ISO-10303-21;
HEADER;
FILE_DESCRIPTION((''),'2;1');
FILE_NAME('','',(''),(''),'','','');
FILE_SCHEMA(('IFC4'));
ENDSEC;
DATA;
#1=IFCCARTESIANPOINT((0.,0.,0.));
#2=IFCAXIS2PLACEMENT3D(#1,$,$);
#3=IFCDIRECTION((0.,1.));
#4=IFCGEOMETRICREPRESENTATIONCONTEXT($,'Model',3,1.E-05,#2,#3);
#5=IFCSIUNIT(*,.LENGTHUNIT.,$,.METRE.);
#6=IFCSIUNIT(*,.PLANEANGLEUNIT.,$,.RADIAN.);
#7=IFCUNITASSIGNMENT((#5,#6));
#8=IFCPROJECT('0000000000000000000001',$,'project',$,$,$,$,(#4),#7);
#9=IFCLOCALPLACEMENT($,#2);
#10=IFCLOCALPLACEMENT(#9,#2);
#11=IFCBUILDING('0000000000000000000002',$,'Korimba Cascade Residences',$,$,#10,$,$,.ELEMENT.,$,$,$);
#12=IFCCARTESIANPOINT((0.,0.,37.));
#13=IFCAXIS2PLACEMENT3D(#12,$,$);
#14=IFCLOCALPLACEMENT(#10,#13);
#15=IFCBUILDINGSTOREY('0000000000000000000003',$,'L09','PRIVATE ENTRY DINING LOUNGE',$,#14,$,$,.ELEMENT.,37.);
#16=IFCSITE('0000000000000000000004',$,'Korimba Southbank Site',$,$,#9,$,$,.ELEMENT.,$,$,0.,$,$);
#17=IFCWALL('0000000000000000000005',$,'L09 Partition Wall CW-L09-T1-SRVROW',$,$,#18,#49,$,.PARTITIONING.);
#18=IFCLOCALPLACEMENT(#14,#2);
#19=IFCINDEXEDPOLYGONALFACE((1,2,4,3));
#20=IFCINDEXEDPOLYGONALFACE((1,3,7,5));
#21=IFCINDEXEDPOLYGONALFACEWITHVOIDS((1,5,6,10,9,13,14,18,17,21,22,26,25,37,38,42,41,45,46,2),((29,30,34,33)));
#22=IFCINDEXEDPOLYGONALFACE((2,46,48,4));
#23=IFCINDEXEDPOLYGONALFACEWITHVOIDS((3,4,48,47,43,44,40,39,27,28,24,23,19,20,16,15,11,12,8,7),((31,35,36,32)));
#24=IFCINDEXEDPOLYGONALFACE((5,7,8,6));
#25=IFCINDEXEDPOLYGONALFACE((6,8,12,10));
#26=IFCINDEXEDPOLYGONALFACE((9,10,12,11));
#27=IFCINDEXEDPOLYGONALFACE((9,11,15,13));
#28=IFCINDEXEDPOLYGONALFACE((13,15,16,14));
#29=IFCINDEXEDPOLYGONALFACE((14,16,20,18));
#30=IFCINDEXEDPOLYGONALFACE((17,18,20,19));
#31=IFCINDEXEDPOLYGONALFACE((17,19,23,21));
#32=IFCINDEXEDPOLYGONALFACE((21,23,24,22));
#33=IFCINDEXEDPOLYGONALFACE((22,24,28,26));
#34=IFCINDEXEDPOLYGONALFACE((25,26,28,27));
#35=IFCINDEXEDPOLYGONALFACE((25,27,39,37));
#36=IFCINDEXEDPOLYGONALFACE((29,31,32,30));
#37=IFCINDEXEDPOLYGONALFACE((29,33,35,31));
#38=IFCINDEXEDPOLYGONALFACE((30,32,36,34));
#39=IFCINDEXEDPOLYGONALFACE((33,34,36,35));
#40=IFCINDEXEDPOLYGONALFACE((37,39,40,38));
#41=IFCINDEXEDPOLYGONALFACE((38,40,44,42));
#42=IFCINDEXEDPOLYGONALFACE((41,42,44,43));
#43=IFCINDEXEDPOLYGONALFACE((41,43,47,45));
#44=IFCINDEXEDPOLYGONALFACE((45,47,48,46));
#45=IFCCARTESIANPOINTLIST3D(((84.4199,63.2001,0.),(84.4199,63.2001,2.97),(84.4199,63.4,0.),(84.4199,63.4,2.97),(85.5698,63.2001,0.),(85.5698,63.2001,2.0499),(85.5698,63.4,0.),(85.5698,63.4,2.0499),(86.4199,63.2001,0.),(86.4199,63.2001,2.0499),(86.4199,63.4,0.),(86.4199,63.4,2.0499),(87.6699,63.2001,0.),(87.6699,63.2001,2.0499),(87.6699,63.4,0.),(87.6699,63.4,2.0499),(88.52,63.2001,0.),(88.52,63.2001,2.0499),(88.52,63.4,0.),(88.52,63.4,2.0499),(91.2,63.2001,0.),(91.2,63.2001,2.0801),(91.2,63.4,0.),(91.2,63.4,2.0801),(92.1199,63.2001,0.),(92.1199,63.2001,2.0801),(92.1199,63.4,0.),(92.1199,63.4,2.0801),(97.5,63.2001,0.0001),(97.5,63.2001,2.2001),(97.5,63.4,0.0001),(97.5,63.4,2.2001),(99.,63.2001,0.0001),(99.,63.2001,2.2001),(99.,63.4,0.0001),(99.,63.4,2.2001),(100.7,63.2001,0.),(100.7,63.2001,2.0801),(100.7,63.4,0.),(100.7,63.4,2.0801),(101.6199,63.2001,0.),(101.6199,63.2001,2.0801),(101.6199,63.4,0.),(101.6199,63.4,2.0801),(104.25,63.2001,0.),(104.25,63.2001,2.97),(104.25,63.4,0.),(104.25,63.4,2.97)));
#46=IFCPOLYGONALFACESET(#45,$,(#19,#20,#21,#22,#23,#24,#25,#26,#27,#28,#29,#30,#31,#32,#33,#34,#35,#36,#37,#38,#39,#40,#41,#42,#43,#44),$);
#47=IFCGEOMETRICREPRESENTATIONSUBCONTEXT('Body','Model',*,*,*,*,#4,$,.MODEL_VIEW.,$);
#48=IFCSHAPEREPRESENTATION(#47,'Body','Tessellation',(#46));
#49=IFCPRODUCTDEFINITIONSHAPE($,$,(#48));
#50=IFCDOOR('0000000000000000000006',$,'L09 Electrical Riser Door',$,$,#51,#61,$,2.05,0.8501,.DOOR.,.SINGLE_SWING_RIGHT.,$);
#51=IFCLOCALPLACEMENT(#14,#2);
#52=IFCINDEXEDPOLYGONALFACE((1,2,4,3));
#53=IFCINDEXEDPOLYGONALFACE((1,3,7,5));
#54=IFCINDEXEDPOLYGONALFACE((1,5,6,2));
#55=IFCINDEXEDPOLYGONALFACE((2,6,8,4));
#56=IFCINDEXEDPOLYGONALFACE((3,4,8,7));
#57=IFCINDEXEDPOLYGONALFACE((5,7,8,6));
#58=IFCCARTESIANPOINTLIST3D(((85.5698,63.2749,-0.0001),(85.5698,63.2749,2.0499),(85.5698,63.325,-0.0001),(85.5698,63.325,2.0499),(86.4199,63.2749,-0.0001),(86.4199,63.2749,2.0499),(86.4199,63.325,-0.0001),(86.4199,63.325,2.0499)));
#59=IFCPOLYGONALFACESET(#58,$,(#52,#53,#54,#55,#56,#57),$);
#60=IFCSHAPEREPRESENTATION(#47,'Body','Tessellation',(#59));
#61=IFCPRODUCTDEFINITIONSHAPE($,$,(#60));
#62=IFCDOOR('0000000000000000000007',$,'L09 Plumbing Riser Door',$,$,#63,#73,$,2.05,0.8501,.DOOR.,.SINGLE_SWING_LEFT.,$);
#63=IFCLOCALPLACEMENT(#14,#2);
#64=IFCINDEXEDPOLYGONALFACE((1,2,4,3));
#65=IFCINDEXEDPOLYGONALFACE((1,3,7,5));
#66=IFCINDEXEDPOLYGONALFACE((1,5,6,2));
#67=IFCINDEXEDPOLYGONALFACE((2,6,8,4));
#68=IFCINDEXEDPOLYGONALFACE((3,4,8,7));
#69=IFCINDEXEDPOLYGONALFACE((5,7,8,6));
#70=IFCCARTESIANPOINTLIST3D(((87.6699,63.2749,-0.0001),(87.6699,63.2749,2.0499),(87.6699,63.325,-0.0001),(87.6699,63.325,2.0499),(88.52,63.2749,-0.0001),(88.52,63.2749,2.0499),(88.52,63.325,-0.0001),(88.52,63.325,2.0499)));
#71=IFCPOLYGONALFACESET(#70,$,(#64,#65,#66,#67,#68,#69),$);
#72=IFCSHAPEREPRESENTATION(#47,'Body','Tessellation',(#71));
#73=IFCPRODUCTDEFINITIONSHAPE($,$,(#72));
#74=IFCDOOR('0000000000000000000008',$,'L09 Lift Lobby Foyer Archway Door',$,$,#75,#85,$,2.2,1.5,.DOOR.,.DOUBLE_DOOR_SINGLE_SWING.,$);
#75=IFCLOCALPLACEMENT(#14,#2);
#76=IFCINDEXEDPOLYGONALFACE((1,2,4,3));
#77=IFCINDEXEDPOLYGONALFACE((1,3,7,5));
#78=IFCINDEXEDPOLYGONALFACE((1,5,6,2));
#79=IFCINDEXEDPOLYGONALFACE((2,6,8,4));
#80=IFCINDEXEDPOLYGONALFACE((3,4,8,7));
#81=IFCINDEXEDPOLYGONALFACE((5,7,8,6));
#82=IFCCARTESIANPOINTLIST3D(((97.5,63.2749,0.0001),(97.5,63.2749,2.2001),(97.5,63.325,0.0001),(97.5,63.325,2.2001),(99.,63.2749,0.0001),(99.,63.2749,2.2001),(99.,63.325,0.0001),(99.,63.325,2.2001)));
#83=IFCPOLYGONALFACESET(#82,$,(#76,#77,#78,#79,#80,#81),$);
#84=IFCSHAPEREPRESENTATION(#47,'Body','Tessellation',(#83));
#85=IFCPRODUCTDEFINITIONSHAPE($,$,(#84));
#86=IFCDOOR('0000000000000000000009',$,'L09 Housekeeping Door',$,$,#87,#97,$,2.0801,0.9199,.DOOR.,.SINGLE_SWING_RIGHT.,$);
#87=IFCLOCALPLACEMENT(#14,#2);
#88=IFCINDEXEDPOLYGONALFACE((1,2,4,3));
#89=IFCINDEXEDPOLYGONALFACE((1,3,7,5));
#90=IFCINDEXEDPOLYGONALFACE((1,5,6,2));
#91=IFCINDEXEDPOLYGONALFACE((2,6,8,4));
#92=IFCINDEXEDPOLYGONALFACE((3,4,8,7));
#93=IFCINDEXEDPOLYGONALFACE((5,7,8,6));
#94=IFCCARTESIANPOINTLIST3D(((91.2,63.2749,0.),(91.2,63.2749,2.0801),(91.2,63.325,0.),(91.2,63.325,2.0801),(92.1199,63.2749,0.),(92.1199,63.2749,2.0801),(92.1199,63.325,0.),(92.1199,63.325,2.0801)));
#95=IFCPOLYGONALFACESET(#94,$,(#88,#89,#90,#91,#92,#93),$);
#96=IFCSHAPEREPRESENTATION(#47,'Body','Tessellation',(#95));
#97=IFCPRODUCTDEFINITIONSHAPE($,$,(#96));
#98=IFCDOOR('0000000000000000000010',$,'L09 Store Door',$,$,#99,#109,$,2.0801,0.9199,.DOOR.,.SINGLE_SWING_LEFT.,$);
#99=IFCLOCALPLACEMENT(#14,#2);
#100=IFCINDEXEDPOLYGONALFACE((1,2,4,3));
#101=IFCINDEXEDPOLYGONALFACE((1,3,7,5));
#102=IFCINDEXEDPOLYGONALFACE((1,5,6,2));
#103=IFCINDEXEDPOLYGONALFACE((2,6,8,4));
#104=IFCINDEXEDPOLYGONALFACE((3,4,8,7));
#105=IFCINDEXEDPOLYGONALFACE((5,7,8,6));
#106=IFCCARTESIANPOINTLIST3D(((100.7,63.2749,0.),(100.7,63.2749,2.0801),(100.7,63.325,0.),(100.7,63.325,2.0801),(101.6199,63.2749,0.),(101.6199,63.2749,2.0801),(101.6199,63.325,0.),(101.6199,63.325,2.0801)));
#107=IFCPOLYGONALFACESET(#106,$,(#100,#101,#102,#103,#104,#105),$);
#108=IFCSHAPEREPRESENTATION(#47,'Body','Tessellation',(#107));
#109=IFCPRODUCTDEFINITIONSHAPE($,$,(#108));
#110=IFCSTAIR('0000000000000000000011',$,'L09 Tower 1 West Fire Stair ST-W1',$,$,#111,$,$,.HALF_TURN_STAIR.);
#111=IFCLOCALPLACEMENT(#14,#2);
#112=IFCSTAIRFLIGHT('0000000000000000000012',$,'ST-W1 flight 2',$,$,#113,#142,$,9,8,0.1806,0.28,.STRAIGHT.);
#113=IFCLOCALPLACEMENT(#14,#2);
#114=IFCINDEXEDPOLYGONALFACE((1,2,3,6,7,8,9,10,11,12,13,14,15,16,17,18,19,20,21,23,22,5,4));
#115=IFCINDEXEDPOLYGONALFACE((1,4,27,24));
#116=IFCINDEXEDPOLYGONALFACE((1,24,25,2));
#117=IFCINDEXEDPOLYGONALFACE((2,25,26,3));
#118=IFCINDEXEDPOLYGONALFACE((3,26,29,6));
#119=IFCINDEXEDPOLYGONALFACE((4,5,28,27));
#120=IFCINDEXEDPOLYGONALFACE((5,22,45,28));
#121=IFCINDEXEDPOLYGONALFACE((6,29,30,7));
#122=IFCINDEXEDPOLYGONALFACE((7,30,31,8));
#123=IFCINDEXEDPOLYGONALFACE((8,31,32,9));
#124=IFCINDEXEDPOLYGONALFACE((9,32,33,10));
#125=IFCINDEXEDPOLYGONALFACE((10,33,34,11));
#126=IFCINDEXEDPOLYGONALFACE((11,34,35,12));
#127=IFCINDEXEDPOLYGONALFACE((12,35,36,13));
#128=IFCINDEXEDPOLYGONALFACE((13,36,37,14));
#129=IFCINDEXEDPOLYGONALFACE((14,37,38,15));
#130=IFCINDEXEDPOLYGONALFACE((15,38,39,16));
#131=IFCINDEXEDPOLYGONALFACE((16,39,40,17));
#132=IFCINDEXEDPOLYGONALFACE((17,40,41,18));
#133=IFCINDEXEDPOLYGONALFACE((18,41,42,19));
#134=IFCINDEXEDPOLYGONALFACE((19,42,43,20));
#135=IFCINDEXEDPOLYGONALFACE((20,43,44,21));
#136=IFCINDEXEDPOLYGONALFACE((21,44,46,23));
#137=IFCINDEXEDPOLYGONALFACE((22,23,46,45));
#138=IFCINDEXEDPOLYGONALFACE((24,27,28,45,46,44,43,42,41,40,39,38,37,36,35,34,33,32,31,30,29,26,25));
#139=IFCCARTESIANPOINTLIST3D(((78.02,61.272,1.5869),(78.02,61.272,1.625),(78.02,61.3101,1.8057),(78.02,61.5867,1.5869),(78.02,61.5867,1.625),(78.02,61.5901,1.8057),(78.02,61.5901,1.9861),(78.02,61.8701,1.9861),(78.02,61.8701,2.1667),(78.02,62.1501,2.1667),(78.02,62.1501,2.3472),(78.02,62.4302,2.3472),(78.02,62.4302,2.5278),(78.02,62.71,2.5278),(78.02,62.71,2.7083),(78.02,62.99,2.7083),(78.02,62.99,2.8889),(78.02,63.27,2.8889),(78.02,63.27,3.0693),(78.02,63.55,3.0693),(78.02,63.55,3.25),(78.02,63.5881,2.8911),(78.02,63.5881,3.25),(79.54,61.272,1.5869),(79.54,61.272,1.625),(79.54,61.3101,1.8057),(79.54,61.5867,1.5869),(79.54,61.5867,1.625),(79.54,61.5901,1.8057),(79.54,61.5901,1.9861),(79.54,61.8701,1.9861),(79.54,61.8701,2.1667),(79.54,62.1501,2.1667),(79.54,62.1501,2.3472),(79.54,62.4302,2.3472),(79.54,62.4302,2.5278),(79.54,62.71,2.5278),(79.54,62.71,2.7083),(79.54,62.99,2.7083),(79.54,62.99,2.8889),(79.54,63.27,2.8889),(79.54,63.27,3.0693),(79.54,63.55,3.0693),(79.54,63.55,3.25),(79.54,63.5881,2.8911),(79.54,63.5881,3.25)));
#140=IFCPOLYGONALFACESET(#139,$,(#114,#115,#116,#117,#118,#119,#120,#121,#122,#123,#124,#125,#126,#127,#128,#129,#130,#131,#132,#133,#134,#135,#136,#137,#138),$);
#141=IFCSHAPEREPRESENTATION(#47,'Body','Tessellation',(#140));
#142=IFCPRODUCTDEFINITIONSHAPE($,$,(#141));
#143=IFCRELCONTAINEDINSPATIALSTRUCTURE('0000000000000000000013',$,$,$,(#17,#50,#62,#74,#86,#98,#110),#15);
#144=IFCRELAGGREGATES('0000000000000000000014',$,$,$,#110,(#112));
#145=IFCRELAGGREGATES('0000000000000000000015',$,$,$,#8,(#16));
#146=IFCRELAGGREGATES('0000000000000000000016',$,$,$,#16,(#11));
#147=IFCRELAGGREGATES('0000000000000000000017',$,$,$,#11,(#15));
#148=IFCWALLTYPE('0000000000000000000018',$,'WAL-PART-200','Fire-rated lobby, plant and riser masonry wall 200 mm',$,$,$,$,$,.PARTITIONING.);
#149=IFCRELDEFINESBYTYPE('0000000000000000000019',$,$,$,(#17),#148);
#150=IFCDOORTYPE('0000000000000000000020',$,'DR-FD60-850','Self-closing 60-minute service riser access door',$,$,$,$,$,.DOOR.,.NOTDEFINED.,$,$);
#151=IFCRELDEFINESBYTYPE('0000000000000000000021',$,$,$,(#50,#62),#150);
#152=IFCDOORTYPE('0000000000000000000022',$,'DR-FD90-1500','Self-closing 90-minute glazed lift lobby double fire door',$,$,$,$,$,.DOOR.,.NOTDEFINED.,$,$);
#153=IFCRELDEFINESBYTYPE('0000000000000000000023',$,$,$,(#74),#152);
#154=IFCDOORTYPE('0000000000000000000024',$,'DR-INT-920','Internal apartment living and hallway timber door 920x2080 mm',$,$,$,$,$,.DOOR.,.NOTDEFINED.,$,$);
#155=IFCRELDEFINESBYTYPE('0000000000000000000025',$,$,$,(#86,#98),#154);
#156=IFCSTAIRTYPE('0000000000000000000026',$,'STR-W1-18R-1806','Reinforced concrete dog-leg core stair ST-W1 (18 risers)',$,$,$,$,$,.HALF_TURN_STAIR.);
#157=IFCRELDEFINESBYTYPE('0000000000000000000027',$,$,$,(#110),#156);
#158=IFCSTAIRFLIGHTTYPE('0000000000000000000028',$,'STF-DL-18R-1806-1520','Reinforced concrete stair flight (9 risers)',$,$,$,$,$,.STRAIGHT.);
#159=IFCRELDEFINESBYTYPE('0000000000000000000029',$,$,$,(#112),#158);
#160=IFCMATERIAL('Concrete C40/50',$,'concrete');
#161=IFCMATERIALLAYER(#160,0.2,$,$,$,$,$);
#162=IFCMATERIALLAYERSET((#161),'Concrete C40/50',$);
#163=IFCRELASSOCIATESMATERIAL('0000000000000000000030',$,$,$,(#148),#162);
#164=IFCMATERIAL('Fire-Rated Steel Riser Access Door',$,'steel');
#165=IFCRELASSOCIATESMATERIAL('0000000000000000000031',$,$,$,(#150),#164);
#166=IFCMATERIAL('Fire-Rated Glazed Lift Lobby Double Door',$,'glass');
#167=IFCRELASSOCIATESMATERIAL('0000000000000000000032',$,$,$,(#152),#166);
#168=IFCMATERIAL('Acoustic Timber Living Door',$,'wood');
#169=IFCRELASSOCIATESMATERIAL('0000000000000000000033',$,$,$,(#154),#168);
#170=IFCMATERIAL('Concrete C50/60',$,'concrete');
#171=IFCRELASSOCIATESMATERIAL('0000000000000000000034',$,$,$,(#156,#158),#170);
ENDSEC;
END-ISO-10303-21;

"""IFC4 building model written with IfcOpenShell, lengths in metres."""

from ifc_helpers import new_model, si_unit, direction, frame, frame_2d, origin, place, context, subcontext, project, spatial, polyline, rectangle, outline, extrude, material, layer, layer_set, type_object, element, fill, aggregate, save


model = new_model("IFC4")

# Units and contexts
model_context = context("Model", 3, precision=1e-05, world=origin(), true_north=direction((0.0, 1.0)))
body_context = subcontext(model_context, "Body", "Model", "MODEL_VIEW")
ifc_project = project(units=[si_unit("LENGTHUNIT", "METRE"), si_unit("PLANEANGLEUNIT", "RADIAN")], contexts=[model_context])

# Site, building, storey
site_placement = place(None, origin())
site = spatial("IfcSite", under=ifc_project, at=site_placement, Name="Korimba Southbank Site", CompositionType="ELEMENT", RefElevation=0.0)
building_placement = place(site_placement, origin())
building = spatial("IfcBuilding", under=site, at=building_placement, Name="Korimba Cascade Residences", CompositionType="ELEMENT")
storey_placement = place(building_placement, frame((0.0, 0.0, 37.0)))
storey = spatial("IfcBuildingStorey", under=building, at=storey_placement, Name="L09", Description="PRIVATE ENTRY DINING LOUNGE", CompositionType="ELEMENT", Elevation=37.0)

# Shared definitions
ifc_material_1 = material(Name="Concrete C40/50", Category="concrete")
ifc_layer_1 = layer(ifc_material_1, 0.2)
ifc_layer_set_1 = layer_set([ifc_layer_1], Name="Concrete C40/50")
wall_type_1 = type_object("IfcWallType", Name="WAL-PART-200", Description="Fire-rated lobby, plant and riser masonry wall 200 mm", PredefinedType="PARTITIONING", material=ifc_layer_set_1)

# Wall, openings, doors
wall_1_placement = place(storey_placement, frame((84.4199, 63.3, 0.0), z_axis=(0.0, 0.0, 1.0), x_axis=(1.0, 0.0, 0.0)))
wall_1 = element("IfcWall", 1, at=wall_1_placement, inside=storey, type_object=wall_type_1, Name="L09 Partition Wall CW-L09-T1-SRVROW", PredefinedType="PARTITIONING", context=body_context, shape_type="SweptSolid", body=[
    extrude(rectangle(XDim=19.8301, YDim=0.2, at=frame_2d((9.915, 0.0))), origin(), (0.0, 0.0, 1.0), 2.97),
])
opening_1_placement = place(wall_1_placement, frame((1.1499, 0.0, 0.0)))
opening_1 = element("IfcOpeningElement", 2, at=opening_1_placement, cuts=wall_1, PredefinedType="OPENING", context=body_context, shape_type="SweptSolid", body=[
    extrude(rectangle(XDim=0.8501, YDim=2.05, at=frame_2d((0.425, 1.0249))), frame((0.0, 0.1099, 0.0), z_axis=(0.0, -1.0, 0.0), x_axis=(1.0, 0.0, 0.0)), (0.0, 0.0, 1.0), 0.22),
])
opening_2_placement = place(wall_1_placement, frame((3.25, 0.0, 0.0)))
opening_2 = element("IfcOpeningElement", 3, at=opening_2_placement, cuts=wall_1, PredefinedType="OPENING", context=body_context, shape_type="SweptSolid", body=[
    extrude(rectangle(XDim=0.8501, YDim=2.05, at=frame_2d((0.425, 1.0249))), frame((0.0, 0.1099, 0.0), z_axis=(0.0, -1.0, 0.0), x_axis=(1.0, 0.0, 0.0)), (0.0, 0.0, 1.0), 0.22),
])
opening_3_placement = place(wall_1_placement, frame((13.0801, 0.0, 0.0)))
opening_3 = element("IfcOpeningElement", 4, at=opening_3_placement, cuts=wall_1, PredefinedType="OPENING", context=body_context, shape_type="SweptSolid", body=[
    extrude(rectangle(XDim=1.5, YDim=2.2, at=frame_2d((0.75, 1.1001))), frame((0.0, 0.1099, 0.0), z_axis=(0.0, -1.0, 0.0), x_axis=(1.0, 0.0, 0.0)), (0.0, 0.0, 1.0), 0.22),
])
opening_4_placement = place(wall_1_placement, frame((6.78, 0.0, 0.0)))
opening_4 = element("IfcOpeningElement", 5, at=opening_4_placement, cuts=wall_1, PredefinedType="OPENING", context=body_context, shape_type="SweptSolid", body=[
    extrude(rectangle(XDim=0.9199, YDim=2.0801, at=frame_2d((0.46, 1.04))), frame((0.0, 0.1099, 0.0), z_axis=(0.0, -1.0, 0.0), x_axis=(1.0, 0.0, 0.0)), (0.0, 0.0, 1.0), 0.22),
])
opening_5_placement = place(wall_1_placement, frame((16.28, 0.0, 0.0)))
opening_5 = element("IfcOpeningElement", 6, at=opening_5_placement, cuts=wall_1, PredefinedType="OPENING", context=body_context, shape_type="SweptSolid", body=[
    extrude(rectangle(XDim=0.9199, YDim=2.0801, at=frame_2d((0.46, 1.04))), frame((0.0, 0.1099, 0.0), z_axis=(0.0, -1.0, 0.0), x_axis=(1.0, 0.0, 0.0)), (0.0, 0.0, 1.0), 0.22),
])
ifc_material_2 = material(Name="Fire-Rated Steel Riser Access Door", Category="steel")
door_type_1 = type_object("IfcDoorType", Name="DR-FD60-850", Description="Self-closing 60-minute service riser access door", OperationType="NOTDEFINED", PredefinedType="DOOR", material=ifc_material_2)
door_1_placement = place(opening_1_placement, origin())
door_1 = element("IfcDoor", 7, at=door_1_placement, inside=storey, type_object=door_type_1, Name="L09 Electrical Riser Door", OperationType="SINGLE_SWING_RIGHT", OverallHeight=2.05, OverallWidth=0.8501, PredefinedType="DOOR", context=body_context, shape_type="SweptSolid", body=[
    extrude(rectangle(XDim=0.8501, YDim=2.05, at=frame_2d((0.425, 1.0249))), frame((0.0, 0.0249, 0.0), z_axis=(0.0, -1.0, 0.0), x_axis=(1.0, 0.0, 0.0)), (0.0, 0.0, 1.0), 0.05),
])
fill(opening_1, door_1)
door_2_placement = place(opening_2_placement, origin())
door_2 = element("IfcDoor", 8, at=door_2_placement, inside=storey, type_object=door_type_1, Name="L09 Plumbing Riser Door", OperationType="SINGLE_SWING_LEFT", OverallHeight=2.05, OverallWidth=0.8501, PredefinedType="DOOR", context=body_context, shape_type="SweptSolid", body=[
    extrude(rectangle(XDim=0.8501, YDim=2.05, at=frame_2d((0.425, 1.0249))), frame((0.0, 0.0249, 0.0), z_axis=(0.0, -1.0, 0.0), x_axis=(1.0, 0.0, 0.0)), (0.0, 0.0, 1.0), 0.05),
])
fill(opening_2, door_2)
ifc_material_3 = material(Name="Fire-Rated Glazed Lift Lobby Double Door", Category="glass")
door_type_2 = type_object("IfcDoorType", Name="DR-FD90-1500", Description="Self-closing 90-minute glazed lift lobby double fire door", OperationType="NOTDEFINED", PredefinedType="DOOR", material=ifc_material_3)
door_3_placement = place(opening_3_placement, origin())
door_3 = element("IfcDoor", 9, at=door_3_placement, inside=storey, type_object=door_type_2, Name="L09 Lift Lobby Foyer Archway Door", OperationType="DOUBLE_DOOR_SINGLE_SWING", OverallHeight=2.2, OverallWidth=1.5, PredefinedType="DOOR", context=body_context, shape_type="SweptSolid", body=[
    extrude(rectangle(XDim=1.5, YDim=2.2, at=frame_2d((0.75, 1.1001))), frame((0.0, 0.0249, 0.0), z_axis=(0.0, -1.0, 0.0), x_axis=(1.0, 0.0, 0.0)), (0.0, 0.0, 1.0), 0.05),
])
fill(opening_3, door_3)
ifc_material_4 = material(Name="Acoustic Timber Living Door", Category="wood")
door_type_3 = type_object("IfcDoorType", Name="DR-INT-920", Description="Internal apartment living and hallway timber door 920x2080 mm", OperationType="NOTDEFINED", PredefinedType="DOOR", material=ifc_material_4)
door_4_placement = place(opening_4_placement, origin())
door_4 = element("IfcDoor", 10, at=door_4_placement, inside=storey, type_object=door_type_3, Name="L09 Housekeeping Door", OperationType="SINGLE_SWING_RIGHT", OverallHeight=2.0801, OverallWidth=0.9199, PredefinedType="DOOR", context=body_context, shape_type="SweptSolid", body=[
    extrude(rectangle(XDim=0.9199, YDim=2.0801, at=frame_2d((0.46, 1.04))), frame((0.0, 0.0249, 0.0), z_axis=(0.0, -1.0, 0.0), x_axis=(1.0, 0.0, 0.0)), (0.0, 0.0, 1.0), 0.05),
])
fill(opening_4, door_4)
door_5_placement = place(opening_5_placement, origin())
door_5 = element("IfcDoor", 11, at=door_5_placement, inside=storey, type_object=door_type_3, Name="L09 Store Door", OperationType="SINGLE_SWING_LEFT", OverallHeight=2.0801, OverallWidth=0.9199, PredefinedType="DOOR", context=body_context, shape_type="SweptSolid", body=[
    extrude(rectangle(XDim=0.9199, YDim=2.0801, at=frame_2d((0.46, 1.04))), frame((0.0, 0.0249, 0.0), z_axis=(0.0, -1.0, 0.0), x_axis=(1.0, 0.0, 0.0)), (0.0, 0.0, 1.0), 0.05),
])
fill(opening_5, door_5)
ifc_material_5 = material(Name="Concrete C50/60", Category="concrete")

# Stair, stair flight
stair_type = type_object("IfcStairType", Name="STR-W1-18R-1806", Description="Reinforced concrete dog-leg core stair ST-W1 (18 risers)", PredefinedType="HALF_TURN_STAIR", material=ifc_material_5)
stair_placement = place(storey_placement, origin())
stair = element("IfcStair", 12, at=stair_placement, inside=storey, type_object=stair_type, Name="L09 Tower 1 West Fire Stair ST-W1", PredefinedType="HALF_TURN_STAIR")
stair_flight_type = type_object("IfcStairFlightType", Name="STF-DL-18R-1806-1520", Description="Reinforced concrete stair flight (9 risers)", PredefinedType="STRAIGHT", material=ifc_material_5)
stair_flight_placement = place(storey_placement, frame((78.78, 61.3101, 1.625), z_axis=(0.0, 0.0, 1.0), x_axis=(0.0, 1.0, 0.0)))
stair_flight = element("IfcStairFlight", 13, at=stair_flight_placement, type_object=stair_flight_type, Name="ST-W1 flight 2", NumberOfRisers=9, NumberOfTreads=8, PredefinedType="STRAIGHT", RiserHeight=0.1806, TreadLength=0.28, context=body_context, shape_type="SweptSolid", body=[
    extrude(outline(polyline([(-0.0381, 0.0), (0.0, 0.1807), (0.28, 0.1807), (0.28, 0.3611), (0.5601, 0.3611), (0.5601, 0.5417), (0.8401, 0.5417), (0.8401, 0.7222), (1.1201, 0.7222), (1.1201, 0.9028), (1.3999, 0.9028), (1.3999, 1.0833), (1.6799, 1.0833), (1.6799, 1.2639), (1.96, 1.2639), (1.96, 1.4443), (2.24, 1.4443), (2.24, 1.625), (2.2781, 1.625), (2.2781, 1.2661), (0.2766, 0.0), (0.2766, -0.0381), (-0.0381, -0.0381), (-0.0381, 0.0)])), frame((0.0, 0.76, 0.0), z_axis=(0.0, -1.0, 0.0), x_axis=(1.0, 0.0, 0.0)), (0.0, 0.0, 1.0), 1.52),
])
aggregate(stair, [stair_flight])

save(model, "model.ifc")
